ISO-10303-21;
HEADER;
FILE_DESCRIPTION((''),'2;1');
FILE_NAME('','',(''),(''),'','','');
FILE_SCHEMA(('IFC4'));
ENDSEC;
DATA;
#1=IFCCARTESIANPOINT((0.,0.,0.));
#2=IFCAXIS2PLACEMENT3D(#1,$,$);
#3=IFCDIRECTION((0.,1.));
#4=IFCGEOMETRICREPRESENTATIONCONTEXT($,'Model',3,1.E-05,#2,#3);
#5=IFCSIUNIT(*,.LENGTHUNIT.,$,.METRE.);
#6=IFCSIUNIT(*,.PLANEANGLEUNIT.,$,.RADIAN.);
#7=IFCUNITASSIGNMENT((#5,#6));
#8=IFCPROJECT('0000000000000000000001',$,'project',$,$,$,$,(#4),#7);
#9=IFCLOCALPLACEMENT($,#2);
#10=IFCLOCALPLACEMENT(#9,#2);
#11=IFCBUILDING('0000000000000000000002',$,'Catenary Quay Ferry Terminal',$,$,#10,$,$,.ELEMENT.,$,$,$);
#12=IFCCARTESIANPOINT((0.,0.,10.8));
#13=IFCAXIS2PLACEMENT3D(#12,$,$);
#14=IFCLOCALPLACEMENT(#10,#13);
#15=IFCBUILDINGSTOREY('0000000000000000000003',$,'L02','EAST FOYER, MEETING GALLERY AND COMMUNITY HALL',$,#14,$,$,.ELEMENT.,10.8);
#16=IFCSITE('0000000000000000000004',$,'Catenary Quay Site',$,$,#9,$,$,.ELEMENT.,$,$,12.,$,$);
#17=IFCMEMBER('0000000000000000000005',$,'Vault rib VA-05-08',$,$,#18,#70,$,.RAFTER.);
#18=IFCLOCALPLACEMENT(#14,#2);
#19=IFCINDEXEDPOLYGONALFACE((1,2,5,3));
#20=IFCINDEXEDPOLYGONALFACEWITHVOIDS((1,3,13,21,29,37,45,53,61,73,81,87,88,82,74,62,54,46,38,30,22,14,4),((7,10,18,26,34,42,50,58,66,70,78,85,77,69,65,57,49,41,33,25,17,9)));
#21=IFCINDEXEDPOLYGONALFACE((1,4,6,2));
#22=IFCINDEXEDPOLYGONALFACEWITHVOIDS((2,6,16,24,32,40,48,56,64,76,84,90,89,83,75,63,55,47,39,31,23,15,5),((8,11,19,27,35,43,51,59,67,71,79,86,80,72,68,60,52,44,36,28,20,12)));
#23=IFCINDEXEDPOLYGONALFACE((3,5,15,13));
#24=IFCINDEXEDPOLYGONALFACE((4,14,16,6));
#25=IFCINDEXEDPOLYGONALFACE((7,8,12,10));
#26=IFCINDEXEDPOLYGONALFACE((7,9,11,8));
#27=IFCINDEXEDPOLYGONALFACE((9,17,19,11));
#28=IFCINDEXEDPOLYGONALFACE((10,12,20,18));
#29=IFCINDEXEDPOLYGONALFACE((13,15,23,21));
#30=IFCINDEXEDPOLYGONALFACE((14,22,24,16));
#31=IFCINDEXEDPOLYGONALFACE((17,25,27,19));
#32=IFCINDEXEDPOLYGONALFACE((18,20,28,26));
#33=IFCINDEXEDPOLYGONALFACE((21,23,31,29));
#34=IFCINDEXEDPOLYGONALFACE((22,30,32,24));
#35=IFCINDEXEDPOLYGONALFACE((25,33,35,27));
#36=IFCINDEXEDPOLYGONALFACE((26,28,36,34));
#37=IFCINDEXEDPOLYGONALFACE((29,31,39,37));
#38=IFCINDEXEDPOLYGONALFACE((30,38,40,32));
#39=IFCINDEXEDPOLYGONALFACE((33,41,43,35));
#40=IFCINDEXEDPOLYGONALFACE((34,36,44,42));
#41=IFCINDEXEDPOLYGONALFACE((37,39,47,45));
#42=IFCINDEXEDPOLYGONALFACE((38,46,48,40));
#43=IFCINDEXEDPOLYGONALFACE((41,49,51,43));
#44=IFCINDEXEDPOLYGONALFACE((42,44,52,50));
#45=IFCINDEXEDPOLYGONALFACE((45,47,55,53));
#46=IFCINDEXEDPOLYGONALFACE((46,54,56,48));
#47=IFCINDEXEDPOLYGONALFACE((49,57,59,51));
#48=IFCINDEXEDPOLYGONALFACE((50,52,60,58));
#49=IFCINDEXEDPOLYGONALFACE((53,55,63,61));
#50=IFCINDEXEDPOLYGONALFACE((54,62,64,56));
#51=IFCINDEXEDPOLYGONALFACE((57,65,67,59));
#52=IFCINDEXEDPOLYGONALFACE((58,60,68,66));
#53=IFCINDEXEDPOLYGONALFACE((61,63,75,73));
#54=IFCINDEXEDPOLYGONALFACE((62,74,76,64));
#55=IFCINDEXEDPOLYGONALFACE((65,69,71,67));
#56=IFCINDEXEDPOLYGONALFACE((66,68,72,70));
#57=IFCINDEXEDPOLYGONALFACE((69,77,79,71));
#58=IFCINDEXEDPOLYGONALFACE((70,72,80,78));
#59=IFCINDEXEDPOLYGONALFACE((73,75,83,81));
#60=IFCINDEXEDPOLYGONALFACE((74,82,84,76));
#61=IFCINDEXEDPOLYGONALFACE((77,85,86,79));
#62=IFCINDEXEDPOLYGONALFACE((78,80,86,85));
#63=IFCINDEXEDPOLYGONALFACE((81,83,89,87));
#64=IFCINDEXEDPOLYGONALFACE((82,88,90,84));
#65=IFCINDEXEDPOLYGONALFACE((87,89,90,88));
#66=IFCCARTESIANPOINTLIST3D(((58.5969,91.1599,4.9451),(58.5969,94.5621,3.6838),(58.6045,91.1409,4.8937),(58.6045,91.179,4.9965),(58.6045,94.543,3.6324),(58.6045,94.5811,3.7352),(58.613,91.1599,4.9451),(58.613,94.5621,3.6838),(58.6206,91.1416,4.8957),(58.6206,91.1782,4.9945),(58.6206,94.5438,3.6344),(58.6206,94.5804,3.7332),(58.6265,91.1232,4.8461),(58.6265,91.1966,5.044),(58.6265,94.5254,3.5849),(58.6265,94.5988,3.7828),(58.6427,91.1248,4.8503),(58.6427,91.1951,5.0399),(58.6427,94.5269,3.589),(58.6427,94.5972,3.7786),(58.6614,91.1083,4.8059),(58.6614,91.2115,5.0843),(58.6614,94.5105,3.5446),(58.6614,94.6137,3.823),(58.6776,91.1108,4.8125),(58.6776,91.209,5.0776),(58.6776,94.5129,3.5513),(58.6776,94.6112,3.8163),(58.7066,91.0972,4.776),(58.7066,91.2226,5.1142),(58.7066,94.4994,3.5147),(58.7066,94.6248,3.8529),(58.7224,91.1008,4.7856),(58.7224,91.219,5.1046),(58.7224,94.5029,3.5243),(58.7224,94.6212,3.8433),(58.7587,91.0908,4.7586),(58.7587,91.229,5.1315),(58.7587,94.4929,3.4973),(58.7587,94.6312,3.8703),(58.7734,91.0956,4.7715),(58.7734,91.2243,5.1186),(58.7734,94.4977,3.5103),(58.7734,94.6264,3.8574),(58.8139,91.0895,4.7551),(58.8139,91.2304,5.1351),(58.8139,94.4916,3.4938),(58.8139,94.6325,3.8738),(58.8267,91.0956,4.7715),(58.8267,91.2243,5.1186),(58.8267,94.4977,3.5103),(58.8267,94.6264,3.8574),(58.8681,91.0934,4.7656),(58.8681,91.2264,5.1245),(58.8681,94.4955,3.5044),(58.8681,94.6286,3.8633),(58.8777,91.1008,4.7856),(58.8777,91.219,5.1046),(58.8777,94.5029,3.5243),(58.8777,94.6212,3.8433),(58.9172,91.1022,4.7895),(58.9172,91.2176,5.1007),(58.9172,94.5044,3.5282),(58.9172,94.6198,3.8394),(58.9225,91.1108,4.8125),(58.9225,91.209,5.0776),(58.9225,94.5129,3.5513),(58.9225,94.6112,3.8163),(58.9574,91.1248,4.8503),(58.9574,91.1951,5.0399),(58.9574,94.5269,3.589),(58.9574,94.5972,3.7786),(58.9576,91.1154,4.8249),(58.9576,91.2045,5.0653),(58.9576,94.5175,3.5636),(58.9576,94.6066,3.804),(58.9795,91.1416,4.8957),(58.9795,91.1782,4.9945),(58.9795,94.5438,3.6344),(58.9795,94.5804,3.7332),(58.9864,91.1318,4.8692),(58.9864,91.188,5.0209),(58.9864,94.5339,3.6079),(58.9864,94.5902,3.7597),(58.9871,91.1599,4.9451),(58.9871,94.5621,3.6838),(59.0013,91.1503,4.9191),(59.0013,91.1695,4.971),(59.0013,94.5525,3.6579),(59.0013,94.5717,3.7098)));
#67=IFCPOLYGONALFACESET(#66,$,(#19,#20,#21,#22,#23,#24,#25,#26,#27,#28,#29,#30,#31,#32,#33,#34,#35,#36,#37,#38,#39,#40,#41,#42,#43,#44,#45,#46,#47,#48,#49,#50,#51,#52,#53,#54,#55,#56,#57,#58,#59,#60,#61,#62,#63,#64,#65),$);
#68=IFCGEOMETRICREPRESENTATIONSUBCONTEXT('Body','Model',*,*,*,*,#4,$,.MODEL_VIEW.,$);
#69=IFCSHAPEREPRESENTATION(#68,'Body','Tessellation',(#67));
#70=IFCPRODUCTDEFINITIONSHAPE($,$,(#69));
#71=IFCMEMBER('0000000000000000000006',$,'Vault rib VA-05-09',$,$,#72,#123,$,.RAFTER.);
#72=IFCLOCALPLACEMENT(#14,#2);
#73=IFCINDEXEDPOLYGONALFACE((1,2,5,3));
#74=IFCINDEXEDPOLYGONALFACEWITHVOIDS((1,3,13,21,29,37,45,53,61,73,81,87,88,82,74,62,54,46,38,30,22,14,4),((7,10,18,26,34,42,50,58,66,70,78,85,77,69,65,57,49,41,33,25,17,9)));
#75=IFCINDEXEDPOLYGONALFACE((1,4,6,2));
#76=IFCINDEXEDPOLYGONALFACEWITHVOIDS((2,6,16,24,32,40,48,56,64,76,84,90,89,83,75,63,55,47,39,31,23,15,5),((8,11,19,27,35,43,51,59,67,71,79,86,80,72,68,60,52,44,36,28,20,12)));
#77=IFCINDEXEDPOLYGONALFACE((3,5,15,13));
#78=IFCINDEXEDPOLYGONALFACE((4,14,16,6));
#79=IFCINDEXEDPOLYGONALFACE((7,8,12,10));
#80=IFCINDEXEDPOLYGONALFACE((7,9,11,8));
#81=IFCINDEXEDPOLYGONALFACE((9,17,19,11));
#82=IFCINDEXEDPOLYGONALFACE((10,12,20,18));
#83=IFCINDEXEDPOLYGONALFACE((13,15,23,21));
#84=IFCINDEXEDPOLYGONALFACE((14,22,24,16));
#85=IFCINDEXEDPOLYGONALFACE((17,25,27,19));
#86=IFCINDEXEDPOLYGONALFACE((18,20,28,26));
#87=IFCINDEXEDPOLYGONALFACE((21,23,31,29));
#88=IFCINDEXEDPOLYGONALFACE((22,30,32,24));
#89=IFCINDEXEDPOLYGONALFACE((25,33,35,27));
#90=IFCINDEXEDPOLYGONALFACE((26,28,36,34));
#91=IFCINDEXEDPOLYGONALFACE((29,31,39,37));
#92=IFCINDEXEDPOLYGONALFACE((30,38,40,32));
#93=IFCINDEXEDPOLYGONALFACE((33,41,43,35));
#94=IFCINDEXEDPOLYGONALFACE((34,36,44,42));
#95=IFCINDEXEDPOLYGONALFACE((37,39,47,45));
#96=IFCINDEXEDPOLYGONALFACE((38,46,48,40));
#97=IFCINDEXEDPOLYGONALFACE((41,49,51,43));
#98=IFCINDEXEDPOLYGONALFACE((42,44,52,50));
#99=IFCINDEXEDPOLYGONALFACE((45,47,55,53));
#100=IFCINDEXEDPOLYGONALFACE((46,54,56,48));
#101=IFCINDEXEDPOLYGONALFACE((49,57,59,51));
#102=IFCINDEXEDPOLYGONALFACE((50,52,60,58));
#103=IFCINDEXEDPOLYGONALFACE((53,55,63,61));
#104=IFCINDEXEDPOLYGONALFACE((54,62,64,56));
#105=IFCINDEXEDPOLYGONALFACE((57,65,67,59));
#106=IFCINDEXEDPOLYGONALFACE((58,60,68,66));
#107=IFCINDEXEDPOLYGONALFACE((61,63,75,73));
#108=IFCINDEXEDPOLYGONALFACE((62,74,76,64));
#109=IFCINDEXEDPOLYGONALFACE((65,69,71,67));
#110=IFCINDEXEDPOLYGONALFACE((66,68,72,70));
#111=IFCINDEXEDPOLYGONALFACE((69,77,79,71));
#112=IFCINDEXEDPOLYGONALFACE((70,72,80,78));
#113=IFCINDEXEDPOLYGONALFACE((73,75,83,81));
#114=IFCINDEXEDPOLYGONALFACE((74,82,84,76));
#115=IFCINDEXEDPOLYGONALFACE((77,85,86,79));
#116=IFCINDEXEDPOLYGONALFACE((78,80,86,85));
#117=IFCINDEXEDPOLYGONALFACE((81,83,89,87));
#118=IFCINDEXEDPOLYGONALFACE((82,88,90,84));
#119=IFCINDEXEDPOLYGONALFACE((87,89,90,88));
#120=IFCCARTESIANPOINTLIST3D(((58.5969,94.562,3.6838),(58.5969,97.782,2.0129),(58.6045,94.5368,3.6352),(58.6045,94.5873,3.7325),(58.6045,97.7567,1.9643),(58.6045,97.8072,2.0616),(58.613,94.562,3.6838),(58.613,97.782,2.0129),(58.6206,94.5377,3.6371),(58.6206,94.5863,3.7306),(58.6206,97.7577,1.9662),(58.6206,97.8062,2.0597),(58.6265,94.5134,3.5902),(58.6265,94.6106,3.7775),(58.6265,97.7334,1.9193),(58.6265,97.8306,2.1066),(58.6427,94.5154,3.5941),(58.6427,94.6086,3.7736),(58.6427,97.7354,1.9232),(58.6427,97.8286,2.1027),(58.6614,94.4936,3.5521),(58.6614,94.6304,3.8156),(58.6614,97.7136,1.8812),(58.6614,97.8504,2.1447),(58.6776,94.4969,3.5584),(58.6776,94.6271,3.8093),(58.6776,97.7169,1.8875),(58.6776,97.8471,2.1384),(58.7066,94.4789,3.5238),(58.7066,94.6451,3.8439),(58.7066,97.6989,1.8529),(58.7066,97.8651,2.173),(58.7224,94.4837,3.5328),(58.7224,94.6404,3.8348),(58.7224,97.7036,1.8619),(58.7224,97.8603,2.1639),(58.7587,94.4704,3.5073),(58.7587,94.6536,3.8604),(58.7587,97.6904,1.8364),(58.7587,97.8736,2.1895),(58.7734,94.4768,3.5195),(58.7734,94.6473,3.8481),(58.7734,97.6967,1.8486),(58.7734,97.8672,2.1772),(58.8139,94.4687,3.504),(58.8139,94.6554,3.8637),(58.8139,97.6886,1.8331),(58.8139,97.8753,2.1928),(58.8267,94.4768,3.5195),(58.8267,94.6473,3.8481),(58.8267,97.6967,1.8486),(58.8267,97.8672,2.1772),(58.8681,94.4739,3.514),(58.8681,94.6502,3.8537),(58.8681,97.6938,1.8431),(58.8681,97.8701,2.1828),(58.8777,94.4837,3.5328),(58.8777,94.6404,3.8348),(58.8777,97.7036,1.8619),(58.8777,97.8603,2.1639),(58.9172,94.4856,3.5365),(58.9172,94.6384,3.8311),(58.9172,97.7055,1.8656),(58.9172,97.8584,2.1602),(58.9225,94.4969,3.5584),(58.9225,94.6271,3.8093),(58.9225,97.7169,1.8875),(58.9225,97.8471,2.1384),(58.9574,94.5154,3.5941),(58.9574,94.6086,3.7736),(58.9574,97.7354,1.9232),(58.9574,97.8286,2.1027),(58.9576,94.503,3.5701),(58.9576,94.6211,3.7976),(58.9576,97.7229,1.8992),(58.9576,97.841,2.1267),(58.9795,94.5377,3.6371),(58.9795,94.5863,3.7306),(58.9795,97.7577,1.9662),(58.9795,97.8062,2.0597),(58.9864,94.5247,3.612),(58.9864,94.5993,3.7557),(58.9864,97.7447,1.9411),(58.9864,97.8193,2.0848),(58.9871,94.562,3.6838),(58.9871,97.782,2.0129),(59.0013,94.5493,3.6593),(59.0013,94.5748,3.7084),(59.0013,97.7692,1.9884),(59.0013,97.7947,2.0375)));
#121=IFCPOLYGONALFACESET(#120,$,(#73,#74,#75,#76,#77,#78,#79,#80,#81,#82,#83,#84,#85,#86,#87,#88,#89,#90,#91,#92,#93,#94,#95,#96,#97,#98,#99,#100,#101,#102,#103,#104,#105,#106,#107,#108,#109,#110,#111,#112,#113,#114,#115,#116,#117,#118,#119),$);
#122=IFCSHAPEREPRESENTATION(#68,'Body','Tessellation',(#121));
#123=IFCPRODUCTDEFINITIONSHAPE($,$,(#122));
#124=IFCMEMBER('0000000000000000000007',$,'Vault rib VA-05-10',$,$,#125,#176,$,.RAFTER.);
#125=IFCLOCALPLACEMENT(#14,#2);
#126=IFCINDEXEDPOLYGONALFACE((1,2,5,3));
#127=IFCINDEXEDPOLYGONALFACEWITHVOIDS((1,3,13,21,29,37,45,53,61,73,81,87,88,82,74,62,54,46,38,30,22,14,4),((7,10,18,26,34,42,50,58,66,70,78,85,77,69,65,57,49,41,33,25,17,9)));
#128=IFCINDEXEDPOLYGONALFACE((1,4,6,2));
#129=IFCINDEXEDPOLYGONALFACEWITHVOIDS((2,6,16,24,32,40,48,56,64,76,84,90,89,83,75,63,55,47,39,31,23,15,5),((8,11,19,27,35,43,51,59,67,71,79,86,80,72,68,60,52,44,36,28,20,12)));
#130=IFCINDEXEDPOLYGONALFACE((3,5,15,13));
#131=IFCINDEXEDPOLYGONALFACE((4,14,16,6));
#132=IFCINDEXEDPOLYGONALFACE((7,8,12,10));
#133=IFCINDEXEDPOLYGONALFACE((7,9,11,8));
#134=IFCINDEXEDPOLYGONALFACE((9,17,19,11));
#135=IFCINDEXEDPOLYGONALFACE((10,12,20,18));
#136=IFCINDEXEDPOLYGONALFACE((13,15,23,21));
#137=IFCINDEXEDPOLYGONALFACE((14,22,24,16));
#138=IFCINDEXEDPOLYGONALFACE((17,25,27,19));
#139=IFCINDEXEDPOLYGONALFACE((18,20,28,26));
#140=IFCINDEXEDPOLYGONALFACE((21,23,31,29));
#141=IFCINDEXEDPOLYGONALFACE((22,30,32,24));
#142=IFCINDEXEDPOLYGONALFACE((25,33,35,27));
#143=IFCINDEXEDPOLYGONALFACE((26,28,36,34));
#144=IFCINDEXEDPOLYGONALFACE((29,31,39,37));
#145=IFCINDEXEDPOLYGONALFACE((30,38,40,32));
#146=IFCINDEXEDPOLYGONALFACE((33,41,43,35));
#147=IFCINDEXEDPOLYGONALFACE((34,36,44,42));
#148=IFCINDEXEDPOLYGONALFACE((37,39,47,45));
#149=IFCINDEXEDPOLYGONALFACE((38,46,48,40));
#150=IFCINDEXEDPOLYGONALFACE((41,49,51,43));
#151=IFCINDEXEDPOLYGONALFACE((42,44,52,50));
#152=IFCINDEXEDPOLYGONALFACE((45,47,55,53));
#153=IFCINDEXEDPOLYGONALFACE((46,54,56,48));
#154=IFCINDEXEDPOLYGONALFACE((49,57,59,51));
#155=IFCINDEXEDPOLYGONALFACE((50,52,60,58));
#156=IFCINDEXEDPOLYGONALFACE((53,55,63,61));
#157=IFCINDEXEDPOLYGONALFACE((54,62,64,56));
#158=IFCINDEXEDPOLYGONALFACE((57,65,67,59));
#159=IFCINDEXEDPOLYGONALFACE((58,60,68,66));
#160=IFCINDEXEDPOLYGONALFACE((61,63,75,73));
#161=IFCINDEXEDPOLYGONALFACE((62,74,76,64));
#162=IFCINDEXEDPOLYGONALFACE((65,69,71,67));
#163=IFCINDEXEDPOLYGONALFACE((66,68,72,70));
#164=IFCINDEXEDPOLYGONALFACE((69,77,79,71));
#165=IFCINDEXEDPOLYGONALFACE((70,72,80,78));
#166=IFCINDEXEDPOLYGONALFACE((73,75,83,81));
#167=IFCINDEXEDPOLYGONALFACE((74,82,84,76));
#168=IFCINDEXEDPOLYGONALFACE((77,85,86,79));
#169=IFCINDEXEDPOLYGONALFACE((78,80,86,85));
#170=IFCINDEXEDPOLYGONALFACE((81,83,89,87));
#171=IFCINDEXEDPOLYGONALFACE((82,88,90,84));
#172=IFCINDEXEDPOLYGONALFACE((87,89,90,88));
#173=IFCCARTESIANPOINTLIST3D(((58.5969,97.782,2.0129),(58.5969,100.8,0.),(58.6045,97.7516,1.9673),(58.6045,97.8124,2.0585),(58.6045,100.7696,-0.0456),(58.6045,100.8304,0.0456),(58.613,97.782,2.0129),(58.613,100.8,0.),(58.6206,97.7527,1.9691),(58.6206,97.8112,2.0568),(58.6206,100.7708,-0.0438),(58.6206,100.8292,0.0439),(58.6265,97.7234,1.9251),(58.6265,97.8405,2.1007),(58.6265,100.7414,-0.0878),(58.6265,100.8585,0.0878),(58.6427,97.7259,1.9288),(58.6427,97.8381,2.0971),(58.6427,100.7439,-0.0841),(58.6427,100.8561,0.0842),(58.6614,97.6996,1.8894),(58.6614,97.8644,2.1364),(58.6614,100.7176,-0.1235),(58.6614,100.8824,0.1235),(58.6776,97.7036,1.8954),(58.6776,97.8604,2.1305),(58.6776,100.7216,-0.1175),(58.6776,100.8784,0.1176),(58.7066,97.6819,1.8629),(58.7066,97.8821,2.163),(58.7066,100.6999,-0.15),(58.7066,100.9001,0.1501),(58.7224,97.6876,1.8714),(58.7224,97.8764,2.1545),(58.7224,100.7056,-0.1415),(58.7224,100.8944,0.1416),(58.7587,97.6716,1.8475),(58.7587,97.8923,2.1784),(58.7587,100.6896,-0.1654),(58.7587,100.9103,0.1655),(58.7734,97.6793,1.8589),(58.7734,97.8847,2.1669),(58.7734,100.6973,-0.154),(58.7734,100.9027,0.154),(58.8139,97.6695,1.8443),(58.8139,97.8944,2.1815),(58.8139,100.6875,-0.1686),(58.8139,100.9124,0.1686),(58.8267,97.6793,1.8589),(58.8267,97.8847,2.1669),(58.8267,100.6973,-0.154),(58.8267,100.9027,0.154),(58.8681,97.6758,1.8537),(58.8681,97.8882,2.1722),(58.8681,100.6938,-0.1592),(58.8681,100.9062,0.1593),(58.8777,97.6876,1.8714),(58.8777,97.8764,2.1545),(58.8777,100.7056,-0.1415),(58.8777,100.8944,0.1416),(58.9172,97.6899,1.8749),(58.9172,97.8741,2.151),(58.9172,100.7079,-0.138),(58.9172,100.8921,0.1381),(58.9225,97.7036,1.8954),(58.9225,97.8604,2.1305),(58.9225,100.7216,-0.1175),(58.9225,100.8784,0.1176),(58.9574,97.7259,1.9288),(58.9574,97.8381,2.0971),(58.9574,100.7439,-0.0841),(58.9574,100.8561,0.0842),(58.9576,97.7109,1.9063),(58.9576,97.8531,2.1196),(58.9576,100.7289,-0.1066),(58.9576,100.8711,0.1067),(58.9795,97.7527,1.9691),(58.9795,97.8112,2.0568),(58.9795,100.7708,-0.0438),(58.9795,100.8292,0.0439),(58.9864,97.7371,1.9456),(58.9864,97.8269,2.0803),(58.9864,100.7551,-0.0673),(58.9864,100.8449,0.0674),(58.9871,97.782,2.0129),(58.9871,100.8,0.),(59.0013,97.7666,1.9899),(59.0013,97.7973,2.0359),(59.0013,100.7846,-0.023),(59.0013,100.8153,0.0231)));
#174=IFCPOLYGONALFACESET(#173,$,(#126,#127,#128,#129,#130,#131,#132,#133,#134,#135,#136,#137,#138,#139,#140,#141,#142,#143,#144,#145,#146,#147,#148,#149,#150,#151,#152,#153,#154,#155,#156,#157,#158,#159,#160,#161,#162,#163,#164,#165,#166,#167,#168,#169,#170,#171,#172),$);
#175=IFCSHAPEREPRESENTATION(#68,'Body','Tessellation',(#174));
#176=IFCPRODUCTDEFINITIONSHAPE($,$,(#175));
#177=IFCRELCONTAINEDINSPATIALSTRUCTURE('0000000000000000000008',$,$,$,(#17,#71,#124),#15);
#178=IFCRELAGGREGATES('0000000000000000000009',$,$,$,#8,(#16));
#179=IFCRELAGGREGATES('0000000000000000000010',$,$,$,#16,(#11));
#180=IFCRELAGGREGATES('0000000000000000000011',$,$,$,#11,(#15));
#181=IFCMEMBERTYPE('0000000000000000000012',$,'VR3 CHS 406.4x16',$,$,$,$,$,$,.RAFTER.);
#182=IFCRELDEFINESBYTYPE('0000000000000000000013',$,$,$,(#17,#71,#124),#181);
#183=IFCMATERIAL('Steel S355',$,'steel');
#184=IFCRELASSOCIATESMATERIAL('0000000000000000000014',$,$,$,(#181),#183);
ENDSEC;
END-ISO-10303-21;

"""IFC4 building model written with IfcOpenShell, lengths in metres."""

from ifc_helpers import new_model, si_unit, direction, frame, origin, origin_2d, place, context, subcontext, project, spatial, hollow_circle, extrude, material, material_profile, profile_set, type_object, element, save


model = new_model("IFC4")

# Units and contexts
model_context = context("Model", 3, precision=1e-05, world=origin(), true_north=direction((0.0, 1.0)))
body_context = subcontext(model_context, "Body", "Model", "MODEL_VIEW")
ifc_project = project(units=[si_unit("LENGTHUNIT", "METRE"), si_unit("PLANEANGLEUNIT", "RADIAN")], contexts=[model_context])

# Site, building, storey
site_placement = place(None, origin())
site = spatial("IfcSite", under=ifc_project, at=site_placement, Name="Catenary Quay Site", CompositionType="ELEMENT", RefElevation=12.0)
building_placement = place(site_placement, origin())
building = spatial("IfcBuilding", under=site, at=building_placement, Name="Catenary Quay Ferry Terminal", CompositionType="ELEMENT")
storey_placement = place(building_placement, frame((0.0, 0.0, 10.8)))
storey = spatial("IfcBuildingStorey", under=building, at=storey_placement, Name="L02", Description="EAST FOYER, MEETING GALLERY AND COMMUNITY HALL", CompositionType="ELEMENT", Elevation=10.8)

# Members
ifc_material_1 = material(Name="Steel S355", Category="steel")
ifc_material_profile = material_profile(ifc_material_1, hollow_circle(Radius=0.2031, WallThickness=0.0161, at=origin_2d()), Name="CHS 406.4x16")
ifc_profile_set = profile_set([ifc_material_profile], Name="Steel S355")
member_type = type_object("IfcMemberType", Name="VR3 CHS 406.4x16", PredefinedType="RAFTER", material=ifc_profile_set)
member_1_placement = place(storey_placement, frame((58.8, 91.1599, 4.9451), z_axis=(0.0, 0.937642, -0.347604), x_axis=(-1.0, 0.0, 0.0)))
element("IfcMember", 1, at=member_1_placement, inside=storey, type_object=member_type, Name="Vault rib VA-05-08", PredefinedType="RAFTER", context=body_context, shape_type="SweptSolid", body=[
    extrude(hollow_circle(Radius=0.2031, WallThickness=0.0161, at=origin_2d()), origin(), (0.0, 0.0, 1.0), 3.6284),
])
for number, where, z_axis, x_axis, name in (
    (2, (58.8, 94.562, 3.6838), (0.0, 0.88761, -0.460596), (-1.0, 0.0, 0.0), "Vault rib VA-05-09"),
    (3, (58.8, 97.782, 2.0129), (0.0, 0.831936, -0.554871), (-1.0, 0.0, 0.0), "Vault rib VA-05-10"),
):
    element("IfcMember", number, at=place(storey_placement, frame(where, z_axis=z_axis, x_axis=x_axis)), inside=storey, type_object=member_type, Name=name, PredefinedType="RAFTER", context=body_context, shape_type="SweptSolid", body=[
        extrude(hollow_circle(Radius=0.2031, WallThickness=0.0161, at=origin_2d()), origin(), (0.0, 0.0, 1.0), 3.6277),
    ])

save(model, "model.ifc")
